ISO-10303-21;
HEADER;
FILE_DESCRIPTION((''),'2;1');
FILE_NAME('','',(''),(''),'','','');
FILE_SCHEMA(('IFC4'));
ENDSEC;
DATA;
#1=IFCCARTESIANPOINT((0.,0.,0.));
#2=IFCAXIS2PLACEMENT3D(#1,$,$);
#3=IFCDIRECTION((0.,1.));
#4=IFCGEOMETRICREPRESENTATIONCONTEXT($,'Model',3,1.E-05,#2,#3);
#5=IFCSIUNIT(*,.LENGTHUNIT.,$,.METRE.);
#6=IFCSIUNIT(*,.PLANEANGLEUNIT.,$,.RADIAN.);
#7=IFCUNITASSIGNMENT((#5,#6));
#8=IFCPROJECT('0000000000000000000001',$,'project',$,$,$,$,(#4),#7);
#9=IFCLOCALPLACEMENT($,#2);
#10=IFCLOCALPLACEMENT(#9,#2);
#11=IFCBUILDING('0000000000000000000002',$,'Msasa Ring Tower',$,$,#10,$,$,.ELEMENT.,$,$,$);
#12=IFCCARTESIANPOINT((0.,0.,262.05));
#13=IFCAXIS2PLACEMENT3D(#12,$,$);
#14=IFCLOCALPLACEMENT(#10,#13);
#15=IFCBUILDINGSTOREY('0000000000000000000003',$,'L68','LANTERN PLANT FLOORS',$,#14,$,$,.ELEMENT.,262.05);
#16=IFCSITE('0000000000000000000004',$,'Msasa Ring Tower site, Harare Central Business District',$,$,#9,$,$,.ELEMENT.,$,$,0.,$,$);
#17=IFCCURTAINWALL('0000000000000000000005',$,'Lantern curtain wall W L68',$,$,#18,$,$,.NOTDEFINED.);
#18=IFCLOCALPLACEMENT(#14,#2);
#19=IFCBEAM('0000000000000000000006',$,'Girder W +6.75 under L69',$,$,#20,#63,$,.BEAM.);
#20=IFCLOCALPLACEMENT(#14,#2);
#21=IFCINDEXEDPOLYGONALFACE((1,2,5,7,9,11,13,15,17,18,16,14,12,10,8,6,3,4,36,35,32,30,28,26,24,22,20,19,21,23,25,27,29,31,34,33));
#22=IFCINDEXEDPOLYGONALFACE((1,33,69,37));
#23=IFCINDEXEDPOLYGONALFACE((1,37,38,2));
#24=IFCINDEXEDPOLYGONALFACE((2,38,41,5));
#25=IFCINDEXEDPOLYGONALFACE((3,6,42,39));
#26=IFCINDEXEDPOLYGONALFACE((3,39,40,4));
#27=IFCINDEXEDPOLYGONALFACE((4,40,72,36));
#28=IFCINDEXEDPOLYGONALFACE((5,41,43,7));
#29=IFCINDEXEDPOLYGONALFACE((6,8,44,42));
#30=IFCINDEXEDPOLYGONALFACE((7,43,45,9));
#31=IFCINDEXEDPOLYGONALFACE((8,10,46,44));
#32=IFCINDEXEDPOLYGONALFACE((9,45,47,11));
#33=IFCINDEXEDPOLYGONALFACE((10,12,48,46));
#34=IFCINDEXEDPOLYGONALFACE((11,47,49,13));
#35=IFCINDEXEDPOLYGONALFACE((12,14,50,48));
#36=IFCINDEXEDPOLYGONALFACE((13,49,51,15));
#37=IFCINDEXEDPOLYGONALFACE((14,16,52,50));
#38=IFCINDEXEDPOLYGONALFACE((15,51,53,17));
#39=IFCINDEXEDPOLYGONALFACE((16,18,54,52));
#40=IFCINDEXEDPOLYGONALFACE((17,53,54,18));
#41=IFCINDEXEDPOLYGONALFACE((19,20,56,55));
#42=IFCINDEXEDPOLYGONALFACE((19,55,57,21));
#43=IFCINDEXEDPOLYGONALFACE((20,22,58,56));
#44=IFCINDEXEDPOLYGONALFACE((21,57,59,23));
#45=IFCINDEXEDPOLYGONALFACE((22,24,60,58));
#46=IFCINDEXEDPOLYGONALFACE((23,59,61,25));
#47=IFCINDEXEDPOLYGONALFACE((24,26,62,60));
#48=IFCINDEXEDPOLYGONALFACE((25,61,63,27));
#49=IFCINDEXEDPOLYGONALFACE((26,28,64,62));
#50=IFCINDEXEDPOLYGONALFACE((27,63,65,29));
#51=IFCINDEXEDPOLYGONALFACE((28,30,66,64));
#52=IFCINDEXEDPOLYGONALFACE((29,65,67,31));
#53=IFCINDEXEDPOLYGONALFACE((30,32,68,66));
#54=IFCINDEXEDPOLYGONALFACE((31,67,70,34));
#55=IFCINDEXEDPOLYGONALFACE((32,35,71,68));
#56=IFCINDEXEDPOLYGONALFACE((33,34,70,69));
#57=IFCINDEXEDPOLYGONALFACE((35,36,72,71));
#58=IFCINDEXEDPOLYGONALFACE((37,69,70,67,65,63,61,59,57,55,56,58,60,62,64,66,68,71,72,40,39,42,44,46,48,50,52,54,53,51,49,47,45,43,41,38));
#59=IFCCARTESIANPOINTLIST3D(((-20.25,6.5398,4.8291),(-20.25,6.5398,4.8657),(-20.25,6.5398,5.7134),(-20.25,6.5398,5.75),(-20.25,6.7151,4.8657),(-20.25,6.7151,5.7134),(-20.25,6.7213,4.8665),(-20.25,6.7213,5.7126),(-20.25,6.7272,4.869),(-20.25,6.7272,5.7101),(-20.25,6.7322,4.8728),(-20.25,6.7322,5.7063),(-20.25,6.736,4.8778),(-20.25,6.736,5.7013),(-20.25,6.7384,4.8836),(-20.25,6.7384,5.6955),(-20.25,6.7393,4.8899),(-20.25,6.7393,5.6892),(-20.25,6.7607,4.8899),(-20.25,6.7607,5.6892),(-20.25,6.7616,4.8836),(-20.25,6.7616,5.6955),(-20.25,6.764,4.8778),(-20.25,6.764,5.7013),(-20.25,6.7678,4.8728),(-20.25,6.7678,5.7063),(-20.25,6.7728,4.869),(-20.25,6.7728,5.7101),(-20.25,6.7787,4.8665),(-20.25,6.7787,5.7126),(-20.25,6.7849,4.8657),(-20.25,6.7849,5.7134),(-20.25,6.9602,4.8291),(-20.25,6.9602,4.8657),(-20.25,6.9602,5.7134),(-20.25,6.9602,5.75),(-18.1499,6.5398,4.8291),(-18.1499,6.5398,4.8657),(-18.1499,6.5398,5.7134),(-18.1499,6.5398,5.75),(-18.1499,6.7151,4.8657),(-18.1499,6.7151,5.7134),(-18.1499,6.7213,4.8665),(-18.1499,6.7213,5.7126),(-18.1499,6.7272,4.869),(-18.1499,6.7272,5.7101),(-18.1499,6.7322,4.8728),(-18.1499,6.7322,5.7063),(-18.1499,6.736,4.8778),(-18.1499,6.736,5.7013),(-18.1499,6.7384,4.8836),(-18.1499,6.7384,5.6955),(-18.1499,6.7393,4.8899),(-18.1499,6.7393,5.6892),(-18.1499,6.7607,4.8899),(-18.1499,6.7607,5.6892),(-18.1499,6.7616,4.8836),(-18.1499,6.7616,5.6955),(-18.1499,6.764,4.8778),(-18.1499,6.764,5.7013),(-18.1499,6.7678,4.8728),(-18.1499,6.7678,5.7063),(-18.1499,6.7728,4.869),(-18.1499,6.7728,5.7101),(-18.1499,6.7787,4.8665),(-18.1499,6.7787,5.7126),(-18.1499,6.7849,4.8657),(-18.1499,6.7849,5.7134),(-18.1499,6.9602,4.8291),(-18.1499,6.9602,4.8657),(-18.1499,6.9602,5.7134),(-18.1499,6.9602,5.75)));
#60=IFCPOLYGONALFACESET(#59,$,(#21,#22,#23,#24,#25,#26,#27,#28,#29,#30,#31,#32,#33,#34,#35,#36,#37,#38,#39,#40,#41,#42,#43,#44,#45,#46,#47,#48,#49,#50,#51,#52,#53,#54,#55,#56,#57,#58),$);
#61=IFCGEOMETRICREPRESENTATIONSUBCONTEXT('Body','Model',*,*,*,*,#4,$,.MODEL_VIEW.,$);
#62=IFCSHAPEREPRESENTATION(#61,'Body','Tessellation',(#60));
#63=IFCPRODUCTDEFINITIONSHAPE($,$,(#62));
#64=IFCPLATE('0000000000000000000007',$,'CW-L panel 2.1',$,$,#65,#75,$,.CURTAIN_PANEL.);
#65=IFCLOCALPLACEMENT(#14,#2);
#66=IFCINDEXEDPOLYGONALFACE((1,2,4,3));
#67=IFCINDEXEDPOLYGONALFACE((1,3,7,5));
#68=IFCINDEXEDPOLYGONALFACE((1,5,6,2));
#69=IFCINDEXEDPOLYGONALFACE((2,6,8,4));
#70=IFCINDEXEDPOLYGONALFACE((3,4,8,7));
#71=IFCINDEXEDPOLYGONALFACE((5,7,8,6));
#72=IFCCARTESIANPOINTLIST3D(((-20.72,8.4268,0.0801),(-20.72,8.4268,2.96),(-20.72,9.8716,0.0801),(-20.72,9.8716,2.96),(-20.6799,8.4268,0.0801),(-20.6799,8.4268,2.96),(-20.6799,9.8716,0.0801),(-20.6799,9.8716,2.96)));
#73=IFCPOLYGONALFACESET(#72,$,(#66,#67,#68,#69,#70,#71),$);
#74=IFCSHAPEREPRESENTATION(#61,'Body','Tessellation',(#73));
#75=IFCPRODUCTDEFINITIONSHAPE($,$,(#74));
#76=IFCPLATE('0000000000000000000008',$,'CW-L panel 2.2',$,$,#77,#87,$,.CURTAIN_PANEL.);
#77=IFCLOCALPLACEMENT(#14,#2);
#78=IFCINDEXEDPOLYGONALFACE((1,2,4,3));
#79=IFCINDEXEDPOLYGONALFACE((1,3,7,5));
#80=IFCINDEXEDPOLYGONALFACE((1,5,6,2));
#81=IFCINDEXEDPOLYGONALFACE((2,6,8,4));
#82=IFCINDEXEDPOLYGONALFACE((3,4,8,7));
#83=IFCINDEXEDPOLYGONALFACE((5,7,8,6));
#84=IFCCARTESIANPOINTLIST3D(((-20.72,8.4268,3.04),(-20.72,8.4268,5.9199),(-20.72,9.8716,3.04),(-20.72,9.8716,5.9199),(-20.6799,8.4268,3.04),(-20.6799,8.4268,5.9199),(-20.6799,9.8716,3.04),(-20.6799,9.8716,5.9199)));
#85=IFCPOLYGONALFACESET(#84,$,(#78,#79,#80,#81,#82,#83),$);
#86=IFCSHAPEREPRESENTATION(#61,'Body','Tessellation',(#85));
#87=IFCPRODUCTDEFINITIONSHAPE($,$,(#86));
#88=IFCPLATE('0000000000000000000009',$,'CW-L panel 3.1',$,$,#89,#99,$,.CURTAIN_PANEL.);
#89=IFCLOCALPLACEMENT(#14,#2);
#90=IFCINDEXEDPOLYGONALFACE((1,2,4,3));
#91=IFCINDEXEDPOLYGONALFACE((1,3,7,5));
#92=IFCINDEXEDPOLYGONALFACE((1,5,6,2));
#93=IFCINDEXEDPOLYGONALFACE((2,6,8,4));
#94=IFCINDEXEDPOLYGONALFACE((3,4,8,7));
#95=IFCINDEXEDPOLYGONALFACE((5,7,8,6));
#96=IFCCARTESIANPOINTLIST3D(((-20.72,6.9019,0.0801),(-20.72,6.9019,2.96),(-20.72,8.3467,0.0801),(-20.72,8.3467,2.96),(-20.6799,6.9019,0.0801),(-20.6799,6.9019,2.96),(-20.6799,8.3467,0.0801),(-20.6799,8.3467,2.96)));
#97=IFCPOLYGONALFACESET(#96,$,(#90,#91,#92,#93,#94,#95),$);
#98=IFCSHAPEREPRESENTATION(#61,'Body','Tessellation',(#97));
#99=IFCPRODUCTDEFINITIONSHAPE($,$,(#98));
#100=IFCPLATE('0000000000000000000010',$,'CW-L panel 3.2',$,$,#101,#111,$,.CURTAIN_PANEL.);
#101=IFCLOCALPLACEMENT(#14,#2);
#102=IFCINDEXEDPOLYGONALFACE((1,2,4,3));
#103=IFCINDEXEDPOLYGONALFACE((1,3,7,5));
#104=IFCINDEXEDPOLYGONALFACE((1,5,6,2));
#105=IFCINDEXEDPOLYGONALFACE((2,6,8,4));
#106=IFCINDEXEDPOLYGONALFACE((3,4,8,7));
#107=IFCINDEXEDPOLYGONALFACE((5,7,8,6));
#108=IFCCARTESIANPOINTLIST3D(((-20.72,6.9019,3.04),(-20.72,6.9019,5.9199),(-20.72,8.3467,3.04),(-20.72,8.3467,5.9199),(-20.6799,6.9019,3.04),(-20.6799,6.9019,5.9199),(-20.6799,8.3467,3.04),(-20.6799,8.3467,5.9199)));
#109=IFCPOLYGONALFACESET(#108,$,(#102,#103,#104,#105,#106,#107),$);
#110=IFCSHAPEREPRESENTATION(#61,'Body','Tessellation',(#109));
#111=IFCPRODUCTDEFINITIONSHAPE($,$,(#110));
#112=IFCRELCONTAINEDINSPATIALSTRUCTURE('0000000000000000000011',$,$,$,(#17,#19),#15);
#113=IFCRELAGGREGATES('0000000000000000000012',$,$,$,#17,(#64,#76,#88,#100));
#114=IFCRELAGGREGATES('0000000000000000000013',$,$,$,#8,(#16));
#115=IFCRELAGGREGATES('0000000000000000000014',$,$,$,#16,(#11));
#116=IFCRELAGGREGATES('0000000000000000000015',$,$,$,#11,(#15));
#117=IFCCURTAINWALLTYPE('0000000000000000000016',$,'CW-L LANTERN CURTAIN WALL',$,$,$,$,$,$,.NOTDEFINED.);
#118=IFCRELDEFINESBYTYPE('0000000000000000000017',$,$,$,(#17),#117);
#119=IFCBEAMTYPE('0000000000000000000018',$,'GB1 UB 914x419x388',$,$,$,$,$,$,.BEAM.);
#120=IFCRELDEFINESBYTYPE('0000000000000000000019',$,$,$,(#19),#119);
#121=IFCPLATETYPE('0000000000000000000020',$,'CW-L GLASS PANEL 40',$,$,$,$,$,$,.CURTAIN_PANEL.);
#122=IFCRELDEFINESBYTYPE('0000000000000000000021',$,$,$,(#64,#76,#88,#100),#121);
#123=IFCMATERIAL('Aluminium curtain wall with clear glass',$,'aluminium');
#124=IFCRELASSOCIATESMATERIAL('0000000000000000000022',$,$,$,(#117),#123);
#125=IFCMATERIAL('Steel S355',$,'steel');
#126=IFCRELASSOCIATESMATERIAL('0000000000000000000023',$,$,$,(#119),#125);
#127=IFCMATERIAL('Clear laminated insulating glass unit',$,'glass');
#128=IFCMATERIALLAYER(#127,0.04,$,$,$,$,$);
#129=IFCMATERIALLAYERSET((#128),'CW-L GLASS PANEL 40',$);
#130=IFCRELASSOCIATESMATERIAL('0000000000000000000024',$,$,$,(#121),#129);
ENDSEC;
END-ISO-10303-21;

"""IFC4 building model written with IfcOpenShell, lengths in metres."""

from ifc_helpers import new_model, si_unit, direction, frame, origin, origin_2d, place, context, subcontext, project, spatial, rectangle, i_section, extrude, material, layer, layer_set, material_profile, profile_set, type_object, element, aggregate, save


model = new_model("IFC4")

# Units and contexts
model_context = context("Model", 3, precision=1e-05, world=origin(), true_north=direction((0.0, 1.0)))
body_context = subcontext(model_context, "Body", "Model", "MODEL_VIEW")
ifc_project = project(units=[si_unit("LENGTHUNIT", "METRE"), si_unit("PLANEANGLEUNIT", "RADIAN")], contexts=[model_context])

# Site, building, storey
site_placement = place(None, origin())
site = spatial("IfcSite", under=ifc_project, at=site_placement, Name="Msasa Ring Tower site, Harare Central Business District", CompositionType="ELEMENT", RefElevation=0.0)
building_placement = place(site_placement, origin())
building = spatial("IfcBuilding", under=site, at=building_placement, Name="Msasa Ring Tower", CompositionType="ELEMENT")
storey_placement = place(building_placement, frame((0.0, 0.0, 262.05)))
storey = spatial("IfcBuildingStorey", under=building, at=storey_placement, Name="L68", Description="LANTERN PLANT FLOORS", CompositionType="ELEMENT", Elevation=262.05)

# Curtain wall
ifc_material_1 = material(Name="Aluminium curtain wall with clear glass", Category="aluminium")
curtain_wall_type = type_object("IfcCurtainWallType", Name="CW-L LANTERN CURTAIN WALL", PredefinedType="NOTDEFINED", material=ifc_material_1)
curtain_wall_placement = place(storey_placement, origin())
curtain_wall = element("IfcCurtainWall", 1, at=curtain_wall_placement, inside=storey, type_object=curtain_wall_type, Name="Lantern curtain wall W L68", PredefinedType="NOTDEFINED")

# Beam
ifc_material_2 = material(Name="Steel S355", Category="steel")
ifc_material_profile_1 = material_profile(ifc_material_2, i_section(OverallWidth=0.4204, OverallDepth=0.9209, WebThickness=0.0215, FlangeThickness=0.0366, FilletRadius=0.0242, at=origin_2d()), Name="UB 914x419x388")
ifc_profile_set_1 = profile_set([ifc_material_profile_1], Name="Steel S355")
beam_type = type_object("IfcBeamType", Name="GB1 UB 914x419x388", PredefinedType="BEAM", material=ifc_profile_set_1)
beam_placement = place(storey_placement, frame((-18.1499, 6.75, 5.2896), z_axis=(-1.0, 0.0, 0.0), x_axis=(0.0, -1.0, 0.0)))
element("IfcBeam", 2, at=beam_placement, inside=storey, type_object=beam_type, Name="Girder W +6.75 under L69", PredefinedType="BEAM", context=body_context, shape_type="SweptSolid", body=[
    extrude(i_section(OverallWidth=0.4204, OverallDepth=0.9209, WebThickness=0.0215, FlangeThickness=0.0366, FilletRadius=0.0242, at=origin_2d()), origin(), (0.0, 0.0, 1.0), 2.1001),
])

# Plates
ifc_material_3 = material(Name="Clear laminated insulating glass unit", Category="glass")
ifc_layer_1 = layer(ifc_material_3, 0.04)
ifc_layer_set_1 = layer_set([ifc_layer_1], Name="CW-L GLASS PANEL 40")
plate_type = type_object("IfcPlateType", Name="CW-L GLASS PANEL 40", PredefinedType="CURTAIN_PANEL", material=ifc_layer_set_1)
plate_1_placement = place(storey_placement, frame((-20.7, 9.1492, 0.0801), z_axis=(0.0, 0.0, 1.0), x_axis=(0.0, -1.0, 0.0)))
plate_1 = element("IfcPlate", 3, at=plate_1_placement, type_object=plate_type, Name="CW-L panel 2.1", PredefinedType="CURTAIN_PANEL", context=body_context, shape_type="SweptSolid", body=[
    extrude(rectangle(XDim=1.4448, YDim=0.04, at=origin_2d()), origin(), (0.0, 0.0, 1.0), 2.8799),
])
plate_2_placement = place(storey_placement, frame((-20.7, 9.1492, 3.04), z_axis=(0.0, 0.0, 1.0), x_axis=(0.0, -1.0, 0.0)))
plate_2 = element("IfcPlate", 4, at=plate_2_placement, type_object=plate_type, Name="CW-L panel 2.2", PredefinedType="CURTAIN_PANEL", context=body_context, shape_type="SweptSolid", body=[
    extrude(rectangle(XDim=1.4448, YDim=0.04, at=origin_2d()), origin(), (0.0, 0.0, 1.0), 2.8799),
])
plate_3_placement = place(storey_placement, frame((-20.7, 7.6243, 0.0801), z_axis=(0.0, 0.0, 1.0), x_axis=(0.0, -1.0, 0.0)))
plate_3 = element("IfcPlate", 5, at=plate_3_placement, type_object=plate_type, Name="CW-L panel 3.1", PredefinedType="CURTAIN_PANEL", context=body_context, shape_type="SweptSolid", body=[
    extrude(rectangle(XDim=1.4448, YDim=0.04, at=origin_2d()), origin(), (0.0, 0.0, 1.0), 2.8799),
])
plate_4_placement = place(storey_placement, frame((-20.7, 7.6243, 3.04), z_axis=(0.0, 0.0, 1.0), x_axis=(0.0, -1.0, 0.0)))
plate_4 = element("IfcPlate", 6, at=plate_4_placement, type_object=plate_type, Name="CW-L panel 3.2", PredefinedType="CURTAIN_PANEL", context=body_context, shape_type="SweptSolid", body=[
    extrude(rectangle(XDim=1.4448, YDim=0.04, at=origin_2d()), origin(), (0.0, 0.0, 1.0), 2.8799),
])
aggregate(curtain_wall, [plate_1, plate_2, plate_3, plate_4])

save(model, "model.ifc")
